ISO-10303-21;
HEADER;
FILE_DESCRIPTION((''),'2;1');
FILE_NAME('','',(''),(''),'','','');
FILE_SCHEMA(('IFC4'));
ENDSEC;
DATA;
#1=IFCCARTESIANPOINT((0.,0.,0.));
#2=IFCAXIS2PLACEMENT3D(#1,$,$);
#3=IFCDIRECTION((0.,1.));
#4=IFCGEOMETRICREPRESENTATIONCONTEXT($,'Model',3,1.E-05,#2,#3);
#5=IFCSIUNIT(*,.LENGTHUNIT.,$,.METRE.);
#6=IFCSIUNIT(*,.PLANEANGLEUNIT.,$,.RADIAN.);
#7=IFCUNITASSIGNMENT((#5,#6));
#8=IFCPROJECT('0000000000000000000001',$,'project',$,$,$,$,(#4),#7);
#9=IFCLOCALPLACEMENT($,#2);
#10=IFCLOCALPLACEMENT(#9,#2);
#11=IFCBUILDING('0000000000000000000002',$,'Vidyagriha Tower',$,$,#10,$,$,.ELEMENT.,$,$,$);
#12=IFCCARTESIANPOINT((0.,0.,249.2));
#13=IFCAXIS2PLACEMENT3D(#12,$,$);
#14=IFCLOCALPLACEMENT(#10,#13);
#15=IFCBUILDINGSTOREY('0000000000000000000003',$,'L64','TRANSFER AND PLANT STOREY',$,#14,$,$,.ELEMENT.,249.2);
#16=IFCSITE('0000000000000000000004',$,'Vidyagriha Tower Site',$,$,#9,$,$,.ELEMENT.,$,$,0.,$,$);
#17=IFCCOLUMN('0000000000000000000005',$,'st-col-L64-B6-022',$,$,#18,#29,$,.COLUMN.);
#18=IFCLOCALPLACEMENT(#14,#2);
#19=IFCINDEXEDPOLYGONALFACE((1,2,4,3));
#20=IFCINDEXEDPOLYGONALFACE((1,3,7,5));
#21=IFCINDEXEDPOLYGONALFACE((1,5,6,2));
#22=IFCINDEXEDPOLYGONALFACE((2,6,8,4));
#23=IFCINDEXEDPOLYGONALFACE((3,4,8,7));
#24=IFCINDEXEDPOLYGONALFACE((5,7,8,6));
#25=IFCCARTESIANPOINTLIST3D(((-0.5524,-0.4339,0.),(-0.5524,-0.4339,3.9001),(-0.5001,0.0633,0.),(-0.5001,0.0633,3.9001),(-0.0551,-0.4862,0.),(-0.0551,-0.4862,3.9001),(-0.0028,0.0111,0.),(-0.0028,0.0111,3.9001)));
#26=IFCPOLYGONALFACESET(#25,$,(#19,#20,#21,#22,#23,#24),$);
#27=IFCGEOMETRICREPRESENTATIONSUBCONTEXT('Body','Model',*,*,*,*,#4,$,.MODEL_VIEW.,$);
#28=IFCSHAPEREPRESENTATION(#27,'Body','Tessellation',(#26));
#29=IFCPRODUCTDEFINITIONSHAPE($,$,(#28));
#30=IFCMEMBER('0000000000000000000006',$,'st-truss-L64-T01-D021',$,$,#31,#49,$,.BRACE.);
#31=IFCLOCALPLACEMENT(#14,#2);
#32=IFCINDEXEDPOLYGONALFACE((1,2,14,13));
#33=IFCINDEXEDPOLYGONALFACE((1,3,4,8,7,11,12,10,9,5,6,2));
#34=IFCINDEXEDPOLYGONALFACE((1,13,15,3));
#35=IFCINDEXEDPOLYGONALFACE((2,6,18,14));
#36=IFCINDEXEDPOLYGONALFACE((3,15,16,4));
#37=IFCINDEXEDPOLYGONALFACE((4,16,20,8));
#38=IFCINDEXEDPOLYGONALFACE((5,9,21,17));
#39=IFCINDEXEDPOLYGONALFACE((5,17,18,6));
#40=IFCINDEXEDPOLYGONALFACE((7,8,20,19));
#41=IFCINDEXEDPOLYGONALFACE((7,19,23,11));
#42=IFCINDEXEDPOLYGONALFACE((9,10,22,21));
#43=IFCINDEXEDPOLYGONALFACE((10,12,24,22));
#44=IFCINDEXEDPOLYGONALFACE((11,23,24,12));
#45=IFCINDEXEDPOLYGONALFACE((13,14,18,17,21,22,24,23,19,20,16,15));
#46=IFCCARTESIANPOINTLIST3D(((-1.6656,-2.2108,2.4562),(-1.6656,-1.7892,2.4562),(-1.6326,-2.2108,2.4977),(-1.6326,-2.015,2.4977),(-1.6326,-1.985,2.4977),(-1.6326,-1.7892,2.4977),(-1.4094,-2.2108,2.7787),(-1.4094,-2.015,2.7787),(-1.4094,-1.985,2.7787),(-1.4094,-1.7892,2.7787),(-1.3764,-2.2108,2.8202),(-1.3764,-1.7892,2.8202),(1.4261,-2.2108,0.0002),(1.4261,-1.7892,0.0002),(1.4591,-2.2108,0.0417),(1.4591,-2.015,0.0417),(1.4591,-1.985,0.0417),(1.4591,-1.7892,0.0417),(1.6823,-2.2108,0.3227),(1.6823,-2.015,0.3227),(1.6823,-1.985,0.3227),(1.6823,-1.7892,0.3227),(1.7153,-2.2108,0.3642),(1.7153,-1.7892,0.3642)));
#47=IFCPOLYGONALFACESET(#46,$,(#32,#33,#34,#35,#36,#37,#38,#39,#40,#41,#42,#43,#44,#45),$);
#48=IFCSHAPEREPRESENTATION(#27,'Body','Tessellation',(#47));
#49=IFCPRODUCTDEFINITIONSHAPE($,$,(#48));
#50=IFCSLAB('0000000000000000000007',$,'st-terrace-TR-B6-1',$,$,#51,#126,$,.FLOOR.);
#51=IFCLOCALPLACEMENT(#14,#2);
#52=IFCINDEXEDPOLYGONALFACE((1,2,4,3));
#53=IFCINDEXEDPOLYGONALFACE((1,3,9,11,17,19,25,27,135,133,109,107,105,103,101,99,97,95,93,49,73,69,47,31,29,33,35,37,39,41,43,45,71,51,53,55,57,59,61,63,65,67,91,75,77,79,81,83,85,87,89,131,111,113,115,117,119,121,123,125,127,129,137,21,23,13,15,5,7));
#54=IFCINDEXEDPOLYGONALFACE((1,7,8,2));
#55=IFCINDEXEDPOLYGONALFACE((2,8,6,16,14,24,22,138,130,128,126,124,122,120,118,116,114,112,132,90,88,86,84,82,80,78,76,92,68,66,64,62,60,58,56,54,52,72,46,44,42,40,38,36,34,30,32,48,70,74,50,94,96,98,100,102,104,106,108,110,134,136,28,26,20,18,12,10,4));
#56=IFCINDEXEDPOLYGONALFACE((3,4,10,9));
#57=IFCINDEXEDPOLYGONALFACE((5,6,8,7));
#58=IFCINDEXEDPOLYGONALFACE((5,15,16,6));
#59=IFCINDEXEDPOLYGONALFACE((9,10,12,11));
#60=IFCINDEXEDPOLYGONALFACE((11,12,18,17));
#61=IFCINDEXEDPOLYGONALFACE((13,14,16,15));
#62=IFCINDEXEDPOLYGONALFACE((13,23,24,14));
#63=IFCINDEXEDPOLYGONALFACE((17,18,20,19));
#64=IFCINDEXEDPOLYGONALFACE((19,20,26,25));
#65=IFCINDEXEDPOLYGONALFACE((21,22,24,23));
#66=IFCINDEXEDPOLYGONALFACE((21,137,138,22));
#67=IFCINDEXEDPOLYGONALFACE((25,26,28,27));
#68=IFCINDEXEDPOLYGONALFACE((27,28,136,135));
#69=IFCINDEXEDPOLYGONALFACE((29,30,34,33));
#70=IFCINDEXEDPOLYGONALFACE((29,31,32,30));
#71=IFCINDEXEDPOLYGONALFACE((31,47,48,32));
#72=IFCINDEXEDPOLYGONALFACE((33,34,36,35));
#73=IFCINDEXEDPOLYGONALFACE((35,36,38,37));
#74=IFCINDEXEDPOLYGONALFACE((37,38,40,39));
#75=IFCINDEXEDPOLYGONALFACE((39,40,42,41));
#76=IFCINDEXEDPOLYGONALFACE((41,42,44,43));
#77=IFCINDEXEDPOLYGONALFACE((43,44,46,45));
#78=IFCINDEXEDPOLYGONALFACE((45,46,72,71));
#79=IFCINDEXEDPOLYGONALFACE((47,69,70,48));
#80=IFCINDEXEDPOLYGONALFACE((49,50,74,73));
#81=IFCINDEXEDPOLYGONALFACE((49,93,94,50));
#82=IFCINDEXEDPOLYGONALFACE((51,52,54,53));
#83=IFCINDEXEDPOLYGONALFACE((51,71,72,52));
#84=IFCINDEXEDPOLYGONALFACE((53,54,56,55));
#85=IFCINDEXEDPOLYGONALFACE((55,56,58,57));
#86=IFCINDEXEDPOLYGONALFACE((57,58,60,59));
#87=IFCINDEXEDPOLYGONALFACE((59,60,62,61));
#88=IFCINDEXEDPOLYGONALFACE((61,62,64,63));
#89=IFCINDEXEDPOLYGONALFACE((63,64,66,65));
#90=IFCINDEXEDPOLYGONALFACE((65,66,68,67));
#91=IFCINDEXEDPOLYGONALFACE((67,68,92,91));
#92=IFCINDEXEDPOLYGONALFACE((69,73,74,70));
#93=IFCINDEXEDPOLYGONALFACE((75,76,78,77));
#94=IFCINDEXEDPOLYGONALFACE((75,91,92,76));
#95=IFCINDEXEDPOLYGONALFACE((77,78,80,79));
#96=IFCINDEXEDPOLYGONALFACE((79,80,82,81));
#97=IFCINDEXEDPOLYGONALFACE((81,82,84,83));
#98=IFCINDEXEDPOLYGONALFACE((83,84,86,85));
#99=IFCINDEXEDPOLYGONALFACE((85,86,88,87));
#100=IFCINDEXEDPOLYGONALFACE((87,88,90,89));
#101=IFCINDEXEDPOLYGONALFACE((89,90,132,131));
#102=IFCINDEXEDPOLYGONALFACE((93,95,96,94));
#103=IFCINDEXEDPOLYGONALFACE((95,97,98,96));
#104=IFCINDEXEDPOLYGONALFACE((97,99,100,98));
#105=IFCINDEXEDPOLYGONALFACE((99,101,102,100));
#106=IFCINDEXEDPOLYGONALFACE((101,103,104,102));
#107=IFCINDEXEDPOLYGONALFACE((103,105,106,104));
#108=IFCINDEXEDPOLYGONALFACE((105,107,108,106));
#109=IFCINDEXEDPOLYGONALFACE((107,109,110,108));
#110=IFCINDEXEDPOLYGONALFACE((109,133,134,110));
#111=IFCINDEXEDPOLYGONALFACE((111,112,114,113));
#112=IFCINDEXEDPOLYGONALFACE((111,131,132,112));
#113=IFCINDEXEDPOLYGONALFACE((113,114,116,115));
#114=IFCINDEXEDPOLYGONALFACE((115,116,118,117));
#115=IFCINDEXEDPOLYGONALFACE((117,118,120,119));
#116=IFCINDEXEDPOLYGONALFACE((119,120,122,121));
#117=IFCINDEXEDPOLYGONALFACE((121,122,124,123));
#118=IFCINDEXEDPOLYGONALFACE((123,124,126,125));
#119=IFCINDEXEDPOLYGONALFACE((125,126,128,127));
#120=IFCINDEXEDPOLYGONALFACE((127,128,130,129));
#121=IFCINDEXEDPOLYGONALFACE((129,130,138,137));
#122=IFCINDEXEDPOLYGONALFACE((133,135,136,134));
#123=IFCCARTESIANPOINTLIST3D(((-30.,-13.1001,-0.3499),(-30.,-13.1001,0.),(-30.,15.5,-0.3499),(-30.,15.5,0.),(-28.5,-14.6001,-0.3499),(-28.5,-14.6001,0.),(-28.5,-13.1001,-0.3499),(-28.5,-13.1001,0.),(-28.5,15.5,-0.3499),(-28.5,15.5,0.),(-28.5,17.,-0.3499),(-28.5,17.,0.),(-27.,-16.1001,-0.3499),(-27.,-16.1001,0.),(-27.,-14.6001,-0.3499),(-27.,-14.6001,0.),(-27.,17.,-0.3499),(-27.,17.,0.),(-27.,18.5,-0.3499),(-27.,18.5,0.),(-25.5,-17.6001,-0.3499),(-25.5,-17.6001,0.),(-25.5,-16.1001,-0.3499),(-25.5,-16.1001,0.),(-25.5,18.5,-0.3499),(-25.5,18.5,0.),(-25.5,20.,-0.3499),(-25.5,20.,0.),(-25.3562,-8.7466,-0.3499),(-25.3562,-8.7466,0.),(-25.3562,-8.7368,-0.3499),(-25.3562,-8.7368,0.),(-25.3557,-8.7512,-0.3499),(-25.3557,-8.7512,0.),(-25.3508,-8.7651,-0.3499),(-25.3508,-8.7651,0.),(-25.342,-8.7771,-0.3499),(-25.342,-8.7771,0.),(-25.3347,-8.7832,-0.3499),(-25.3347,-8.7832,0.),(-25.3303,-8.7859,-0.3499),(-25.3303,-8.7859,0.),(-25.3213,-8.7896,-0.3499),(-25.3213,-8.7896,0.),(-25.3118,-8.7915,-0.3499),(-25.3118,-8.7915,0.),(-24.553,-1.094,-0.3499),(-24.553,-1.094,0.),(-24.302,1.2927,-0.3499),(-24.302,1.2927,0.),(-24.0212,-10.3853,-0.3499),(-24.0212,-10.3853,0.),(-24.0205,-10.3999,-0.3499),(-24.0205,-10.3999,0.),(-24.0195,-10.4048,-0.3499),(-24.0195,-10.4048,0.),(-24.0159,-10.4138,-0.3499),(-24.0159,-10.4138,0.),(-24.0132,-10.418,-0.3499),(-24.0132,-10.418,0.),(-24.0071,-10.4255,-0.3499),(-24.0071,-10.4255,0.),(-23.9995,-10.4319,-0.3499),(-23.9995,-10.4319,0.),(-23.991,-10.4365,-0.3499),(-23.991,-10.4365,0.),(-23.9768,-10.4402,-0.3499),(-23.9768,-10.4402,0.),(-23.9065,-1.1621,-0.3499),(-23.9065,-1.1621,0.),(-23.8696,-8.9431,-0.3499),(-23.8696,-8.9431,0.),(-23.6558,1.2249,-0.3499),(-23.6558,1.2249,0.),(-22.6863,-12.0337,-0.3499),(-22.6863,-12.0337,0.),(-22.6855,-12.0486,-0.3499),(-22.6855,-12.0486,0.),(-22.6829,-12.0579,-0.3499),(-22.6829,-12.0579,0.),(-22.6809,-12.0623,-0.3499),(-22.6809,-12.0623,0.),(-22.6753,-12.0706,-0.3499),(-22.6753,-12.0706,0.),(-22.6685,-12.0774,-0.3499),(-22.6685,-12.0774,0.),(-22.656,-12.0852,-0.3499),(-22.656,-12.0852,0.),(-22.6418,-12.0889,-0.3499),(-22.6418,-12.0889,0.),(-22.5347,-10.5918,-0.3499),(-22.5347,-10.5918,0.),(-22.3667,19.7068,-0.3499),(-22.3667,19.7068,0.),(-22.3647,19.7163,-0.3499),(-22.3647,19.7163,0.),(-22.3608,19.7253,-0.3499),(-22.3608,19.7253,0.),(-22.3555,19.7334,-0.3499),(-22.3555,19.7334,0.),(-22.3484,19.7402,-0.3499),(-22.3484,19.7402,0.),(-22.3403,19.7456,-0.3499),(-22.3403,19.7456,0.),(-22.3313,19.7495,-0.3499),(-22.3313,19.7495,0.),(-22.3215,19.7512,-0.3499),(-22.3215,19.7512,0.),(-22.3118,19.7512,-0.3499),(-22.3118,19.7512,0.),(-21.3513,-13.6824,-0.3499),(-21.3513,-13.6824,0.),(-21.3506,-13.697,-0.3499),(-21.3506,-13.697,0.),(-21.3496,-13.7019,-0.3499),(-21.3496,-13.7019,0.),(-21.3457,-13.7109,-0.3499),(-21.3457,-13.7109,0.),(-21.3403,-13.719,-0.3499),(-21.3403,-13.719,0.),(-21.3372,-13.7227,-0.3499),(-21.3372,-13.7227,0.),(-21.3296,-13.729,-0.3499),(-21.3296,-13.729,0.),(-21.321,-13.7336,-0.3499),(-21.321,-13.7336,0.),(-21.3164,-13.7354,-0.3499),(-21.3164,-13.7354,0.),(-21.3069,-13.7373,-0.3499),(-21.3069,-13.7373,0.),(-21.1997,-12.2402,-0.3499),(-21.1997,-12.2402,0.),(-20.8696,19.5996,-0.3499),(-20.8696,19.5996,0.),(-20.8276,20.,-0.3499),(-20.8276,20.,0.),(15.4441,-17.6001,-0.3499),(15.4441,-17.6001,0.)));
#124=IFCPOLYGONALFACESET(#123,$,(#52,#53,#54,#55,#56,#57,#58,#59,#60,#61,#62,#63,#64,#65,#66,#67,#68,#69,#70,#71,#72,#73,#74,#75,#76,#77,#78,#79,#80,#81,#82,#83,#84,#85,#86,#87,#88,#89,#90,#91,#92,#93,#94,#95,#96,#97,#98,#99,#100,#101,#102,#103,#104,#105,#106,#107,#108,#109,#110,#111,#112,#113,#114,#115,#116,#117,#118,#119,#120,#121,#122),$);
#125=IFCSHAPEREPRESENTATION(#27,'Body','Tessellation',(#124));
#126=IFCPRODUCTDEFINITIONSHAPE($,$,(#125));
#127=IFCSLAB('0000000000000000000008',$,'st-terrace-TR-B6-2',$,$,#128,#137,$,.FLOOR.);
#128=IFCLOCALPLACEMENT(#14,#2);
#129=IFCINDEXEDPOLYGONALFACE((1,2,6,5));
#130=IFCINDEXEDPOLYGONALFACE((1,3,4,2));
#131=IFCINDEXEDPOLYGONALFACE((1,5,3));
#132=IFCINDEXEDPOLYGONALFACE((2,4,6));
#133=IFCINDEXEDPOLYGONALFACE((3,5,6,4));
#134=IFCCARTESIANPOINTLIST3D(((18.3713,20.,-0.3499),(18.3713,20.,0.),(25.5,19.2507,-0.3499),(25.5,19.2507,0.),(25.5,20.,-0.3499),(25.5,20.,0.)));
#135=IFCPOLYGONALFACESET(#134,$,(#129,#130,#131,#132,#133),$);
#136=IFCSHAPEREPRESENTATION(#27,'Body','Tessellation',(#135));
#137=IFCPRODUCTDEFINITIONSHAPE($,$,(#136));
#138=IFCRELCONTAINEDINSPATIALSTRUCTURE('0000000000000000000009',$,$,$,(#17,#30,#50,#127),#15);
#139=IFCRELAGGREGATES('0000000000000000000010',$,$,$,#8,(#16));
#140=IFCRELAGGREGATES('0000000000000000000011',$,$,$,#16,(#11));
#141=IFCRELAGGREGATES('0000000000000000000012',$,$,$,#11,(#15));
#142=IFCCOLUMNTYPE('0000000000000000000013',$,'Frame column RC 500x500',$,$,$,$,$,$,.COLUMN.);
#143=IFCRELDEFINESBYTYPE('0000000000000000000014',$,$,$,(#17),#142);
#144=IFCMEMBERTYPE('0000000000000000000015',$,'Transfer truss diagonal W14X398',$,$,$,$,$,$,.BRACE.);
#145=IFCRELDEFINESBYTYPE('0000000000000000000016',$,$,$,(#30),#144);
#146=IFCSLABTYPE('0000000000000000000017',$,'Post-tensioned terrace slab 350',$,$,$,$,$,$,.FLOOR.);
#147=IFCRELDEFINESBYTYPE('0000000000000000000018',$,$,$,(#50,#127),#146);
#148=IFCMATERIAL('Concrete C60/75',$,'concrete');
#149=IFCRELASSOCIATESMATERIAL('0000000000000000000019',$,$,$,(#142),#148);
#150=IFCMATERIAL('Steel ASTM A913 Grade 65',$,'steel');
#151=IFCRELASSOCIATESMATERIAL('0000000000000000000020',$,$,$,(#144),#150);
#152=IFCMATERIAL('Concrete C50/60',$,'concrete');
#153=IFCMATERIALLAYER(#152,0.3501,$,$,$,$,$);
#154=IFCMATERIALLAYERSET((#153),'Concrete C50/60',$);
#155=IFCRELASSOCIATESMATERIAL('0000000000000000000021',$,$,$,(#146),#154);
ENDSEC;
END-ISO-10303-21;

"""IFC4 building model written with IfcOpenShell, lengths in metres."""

from ifc_helpers import new_model, si_unit, direction, frame, origin, origin_2d, place, context, subcontext, project, spatial, polyline, rectangle, i_section, outline, extrude, material, layer, layer_set, material_profile, profile_set, type_object, element, save


model = new_model("IFC4")

# Units and contexts
model_context = context("Model", 3, precision=1e-05, world=origin(), true_north=direction((0.0, 1.0)))
body_context = subcontext(model_context, "Body", "Model", "MODEL_VIEW")
ifc_project = project(units=[si_unit("LENGTHUNIT", "METRE"), si_unit("PLANEANGLEUNIT", "RADIAN")], contexts=[model_context])

# Site, building, storey
site_placement = place(None, origin())
site = spatial("IfcSite", under=ifc_project, at=site_placement, Name="Vidyagriha Tower Site", CompositionType="ELEMENT", RefElevation=0.0)
building_placement = place(site_placement, origin())
building = spatial("IfcBuilding", under=site, at=building_placement, Name="Vidyagriha Tower", CompositionType="ELEMENT")
storey_placement = place(building_placement, frame((0.0, 0.0, 249.2)))
storey = spatial("IfcBuildingStorey", under=building, at=storey_placement, Name="L64", Description="TRANSFER AND PLANT STOREY", CompositionType="ELEMENT", Elevation=249.2)

# Column
ifc_material_1 = material(Name="Concrete C60/75", Category="concrete")
ifc_material_profile_1 = material_profile(ifc_material_1, rectangle(XDim=0.5, YDim=0.5, at=origin_2d()), Name="RC 500x500")
ifc_profile_set_1 = profile_set([ifc_material_profile_1], Name="Concrete C60/75")
column_type = type_object("IfcColumnType", Name="Frame column RC 500x500", PredefinedType="COLUMN", material=ifc_profile_set_1)
column_placement = place(storey_placement, frame((-0.2776, -0.2114, 0.0), z_axis=(0.0, 0.0, 1.0), x_axis=(0.994522, -0.104528, 0.0)))
element("IfcColumn", 1, at=column_placement, inside=storey, type_object=column_type, Name="st-col-L64-B6-022", PredefinedType="COLUMN", context=body_context, shape_type="SweptSolid", body=[
    extrude(rectangle(XDim=0.5, YDim=0.5, at=origin_2d()), origin(), (0.0, 0.0, 1.0), 3.9001),
])

# Member
ifc_material_2 = material(Name="Steel ASTM A913 Grade 65", Category="steel")
ifc_material_profile_2 = material_profile(ifc_material_2, i_section(OverallWidth=0.4216, OverallDepth=0.4648, WebThickness=0.03, FlangeThickness=0.053, at=origin_2d()), Name="W14X398")
ifc_profile_set_2 = profile_set([ifc_material_profile_2], Name="Steel ASTM A913 Grade 65")
member_type = type_object("IfcMemberType", Name="Transfer truss diagonal W14X398", PredefinedType="BRACE", material=ifc_profile_set_2)
member_placement = place(storey_placement, frame((-1.521, -2.0, 2.6382), z_axis=(0.783012, 0.0, -0.622007), x_axis=(0.0, 1.0, 0.0)))
element("IfcMember", 2, at=member_placement, inside=storey, type_object=member_type, Name="st-truss-L64-T01-D021", PredefinedType="BRACE", context=body_context, shape_type="SweptSolid", body=[
    extrude(i_section(OverallWidth=0.4216, OverallDepth=0.4648, WebThickness=0.03, FlangeThickness=0.053, at=origin_2d()), origin(), (0.0, 0.0, 1.0), 3.9485),
])

# Slabs
ifc_material_3 = material(Name="Concrete C50/60", Category="concrete")
ifc_layer_1 = layer(ifc_material_3, 0.3501)
ifc_layer_set_1 = layer_set([ifc_layer_1], Name="Concrete C50/60")
slab_type_1 = type_object("IfcSlabType", Name="Post-tensioned terrace slab 350", PredefinedType="FLOOR", material=ifc_layer_set_1)
slab_1_placement = place(storey_placement, frame((0.0, 0.0, -0.3499)))
element("IfcSlab", 3, at=slab_1_placement, inside=storey, type_object=slab_type_1, Name="st-terrace-TR-B6-1", PredefinedType="FLOOR", context=body_context, shape_type="SweptSolid", body=[
    extrude(outline(polyline([(-24.553, -1.094), (-25.3562, -8.7368), (-25.3562, -8.7466), (-25.3557, -8.7512), (-25.3508, -8.7651), (-25.342, -8.7771), (-25.3347, -8.7832), (-25.3303, -8.7859), (-25.3213, -8.7896), (-25.3118, -8.7915), (-23.8696, -8.9431), (-24.0212, -10.3853), (-24.0205, -10.3999), (-24.0195, -10.4048), (-24.0159, -10.4138), (-24.0132, -10.418), (-24.0071, -10.4255), (-23.9995, -10.4319), (-23.991, -10.4365), (-23.9768, -10.4402), (-22.5347, -10.5918), (-22.6863, -12.0337), (-22.6855, -12.0486), (-22.6829, -12.0579), (-22.6809, -12.0623), (-22.6753, -12.0706), (-22.6685, -12.0774), (-22.656, -12.0852), (-22.6418, -12.0889), (-21.1997, -12.2402), (-21.3513, -13.6824), (-21.3506, -13.697), (-21.3496, -13.7019), (-21.3457, -13.7109), (-21.3403, -13.719), (-21.3372, -13.7227), (-21.3296, -13.729), (-21.321, -13.7336), (-21.3164, -13.7354), (-21.3069, -13.7373), (15.4441, -17.6001), (-25.5, -17.6001), (-25.5, -16.1001), (-27.0, -16.1001), (-27.0, -14.6001), (-28.5, -14.6001), (-28.5, -13.1001), (-30.0, -13.1001), (-30.0, 15.5), (-28.5, 15.5), (-28.5, 17.0), (-27.0, 17.0), (-27.0, 18.5), (-25.5, 18.5), (-25.5, 20.0), (-20.8276, 20.0), (-20.8696, 19.5996), (-22.3118, 19.7512), (-22.3215, 19.7512), (-22.3313, 19.7495), (-22.3403, 19.7456), (-22.3484, 19.7402), (-22.3555, 19.7334), (-22.3608, 19.7253), (-22.3647, 19.7163), (-22.3667, 19.7068), (-24.302, 1.2927), (-23.6558, 1.2249), (-23.9065, -1.1621), (-24.553, -1.094)])), origin(), (0.0, 0.0, 1.0), 0.3499),
])
slab_2_placement = place(storey_placement, frame((0.0, 0.0, -0.3499)))
element("IfcSlab", 4, at=slab_2_placement, inside=storey, type_object=slab_type_1, Name="st-terrace-TR-B6-2", PredefinedType="FLOOR", context=body_context, shape_type="SweptSolid", body=[
    extrude(outline(polyline([(25.5, 19.2507), (18.3713, 20.0), (25.5, 20.0), (25.5, 19.2507)])), origin(), (0.0, 0.0, 1.0), 0.3499),
])

save(model, "model.ifc")
